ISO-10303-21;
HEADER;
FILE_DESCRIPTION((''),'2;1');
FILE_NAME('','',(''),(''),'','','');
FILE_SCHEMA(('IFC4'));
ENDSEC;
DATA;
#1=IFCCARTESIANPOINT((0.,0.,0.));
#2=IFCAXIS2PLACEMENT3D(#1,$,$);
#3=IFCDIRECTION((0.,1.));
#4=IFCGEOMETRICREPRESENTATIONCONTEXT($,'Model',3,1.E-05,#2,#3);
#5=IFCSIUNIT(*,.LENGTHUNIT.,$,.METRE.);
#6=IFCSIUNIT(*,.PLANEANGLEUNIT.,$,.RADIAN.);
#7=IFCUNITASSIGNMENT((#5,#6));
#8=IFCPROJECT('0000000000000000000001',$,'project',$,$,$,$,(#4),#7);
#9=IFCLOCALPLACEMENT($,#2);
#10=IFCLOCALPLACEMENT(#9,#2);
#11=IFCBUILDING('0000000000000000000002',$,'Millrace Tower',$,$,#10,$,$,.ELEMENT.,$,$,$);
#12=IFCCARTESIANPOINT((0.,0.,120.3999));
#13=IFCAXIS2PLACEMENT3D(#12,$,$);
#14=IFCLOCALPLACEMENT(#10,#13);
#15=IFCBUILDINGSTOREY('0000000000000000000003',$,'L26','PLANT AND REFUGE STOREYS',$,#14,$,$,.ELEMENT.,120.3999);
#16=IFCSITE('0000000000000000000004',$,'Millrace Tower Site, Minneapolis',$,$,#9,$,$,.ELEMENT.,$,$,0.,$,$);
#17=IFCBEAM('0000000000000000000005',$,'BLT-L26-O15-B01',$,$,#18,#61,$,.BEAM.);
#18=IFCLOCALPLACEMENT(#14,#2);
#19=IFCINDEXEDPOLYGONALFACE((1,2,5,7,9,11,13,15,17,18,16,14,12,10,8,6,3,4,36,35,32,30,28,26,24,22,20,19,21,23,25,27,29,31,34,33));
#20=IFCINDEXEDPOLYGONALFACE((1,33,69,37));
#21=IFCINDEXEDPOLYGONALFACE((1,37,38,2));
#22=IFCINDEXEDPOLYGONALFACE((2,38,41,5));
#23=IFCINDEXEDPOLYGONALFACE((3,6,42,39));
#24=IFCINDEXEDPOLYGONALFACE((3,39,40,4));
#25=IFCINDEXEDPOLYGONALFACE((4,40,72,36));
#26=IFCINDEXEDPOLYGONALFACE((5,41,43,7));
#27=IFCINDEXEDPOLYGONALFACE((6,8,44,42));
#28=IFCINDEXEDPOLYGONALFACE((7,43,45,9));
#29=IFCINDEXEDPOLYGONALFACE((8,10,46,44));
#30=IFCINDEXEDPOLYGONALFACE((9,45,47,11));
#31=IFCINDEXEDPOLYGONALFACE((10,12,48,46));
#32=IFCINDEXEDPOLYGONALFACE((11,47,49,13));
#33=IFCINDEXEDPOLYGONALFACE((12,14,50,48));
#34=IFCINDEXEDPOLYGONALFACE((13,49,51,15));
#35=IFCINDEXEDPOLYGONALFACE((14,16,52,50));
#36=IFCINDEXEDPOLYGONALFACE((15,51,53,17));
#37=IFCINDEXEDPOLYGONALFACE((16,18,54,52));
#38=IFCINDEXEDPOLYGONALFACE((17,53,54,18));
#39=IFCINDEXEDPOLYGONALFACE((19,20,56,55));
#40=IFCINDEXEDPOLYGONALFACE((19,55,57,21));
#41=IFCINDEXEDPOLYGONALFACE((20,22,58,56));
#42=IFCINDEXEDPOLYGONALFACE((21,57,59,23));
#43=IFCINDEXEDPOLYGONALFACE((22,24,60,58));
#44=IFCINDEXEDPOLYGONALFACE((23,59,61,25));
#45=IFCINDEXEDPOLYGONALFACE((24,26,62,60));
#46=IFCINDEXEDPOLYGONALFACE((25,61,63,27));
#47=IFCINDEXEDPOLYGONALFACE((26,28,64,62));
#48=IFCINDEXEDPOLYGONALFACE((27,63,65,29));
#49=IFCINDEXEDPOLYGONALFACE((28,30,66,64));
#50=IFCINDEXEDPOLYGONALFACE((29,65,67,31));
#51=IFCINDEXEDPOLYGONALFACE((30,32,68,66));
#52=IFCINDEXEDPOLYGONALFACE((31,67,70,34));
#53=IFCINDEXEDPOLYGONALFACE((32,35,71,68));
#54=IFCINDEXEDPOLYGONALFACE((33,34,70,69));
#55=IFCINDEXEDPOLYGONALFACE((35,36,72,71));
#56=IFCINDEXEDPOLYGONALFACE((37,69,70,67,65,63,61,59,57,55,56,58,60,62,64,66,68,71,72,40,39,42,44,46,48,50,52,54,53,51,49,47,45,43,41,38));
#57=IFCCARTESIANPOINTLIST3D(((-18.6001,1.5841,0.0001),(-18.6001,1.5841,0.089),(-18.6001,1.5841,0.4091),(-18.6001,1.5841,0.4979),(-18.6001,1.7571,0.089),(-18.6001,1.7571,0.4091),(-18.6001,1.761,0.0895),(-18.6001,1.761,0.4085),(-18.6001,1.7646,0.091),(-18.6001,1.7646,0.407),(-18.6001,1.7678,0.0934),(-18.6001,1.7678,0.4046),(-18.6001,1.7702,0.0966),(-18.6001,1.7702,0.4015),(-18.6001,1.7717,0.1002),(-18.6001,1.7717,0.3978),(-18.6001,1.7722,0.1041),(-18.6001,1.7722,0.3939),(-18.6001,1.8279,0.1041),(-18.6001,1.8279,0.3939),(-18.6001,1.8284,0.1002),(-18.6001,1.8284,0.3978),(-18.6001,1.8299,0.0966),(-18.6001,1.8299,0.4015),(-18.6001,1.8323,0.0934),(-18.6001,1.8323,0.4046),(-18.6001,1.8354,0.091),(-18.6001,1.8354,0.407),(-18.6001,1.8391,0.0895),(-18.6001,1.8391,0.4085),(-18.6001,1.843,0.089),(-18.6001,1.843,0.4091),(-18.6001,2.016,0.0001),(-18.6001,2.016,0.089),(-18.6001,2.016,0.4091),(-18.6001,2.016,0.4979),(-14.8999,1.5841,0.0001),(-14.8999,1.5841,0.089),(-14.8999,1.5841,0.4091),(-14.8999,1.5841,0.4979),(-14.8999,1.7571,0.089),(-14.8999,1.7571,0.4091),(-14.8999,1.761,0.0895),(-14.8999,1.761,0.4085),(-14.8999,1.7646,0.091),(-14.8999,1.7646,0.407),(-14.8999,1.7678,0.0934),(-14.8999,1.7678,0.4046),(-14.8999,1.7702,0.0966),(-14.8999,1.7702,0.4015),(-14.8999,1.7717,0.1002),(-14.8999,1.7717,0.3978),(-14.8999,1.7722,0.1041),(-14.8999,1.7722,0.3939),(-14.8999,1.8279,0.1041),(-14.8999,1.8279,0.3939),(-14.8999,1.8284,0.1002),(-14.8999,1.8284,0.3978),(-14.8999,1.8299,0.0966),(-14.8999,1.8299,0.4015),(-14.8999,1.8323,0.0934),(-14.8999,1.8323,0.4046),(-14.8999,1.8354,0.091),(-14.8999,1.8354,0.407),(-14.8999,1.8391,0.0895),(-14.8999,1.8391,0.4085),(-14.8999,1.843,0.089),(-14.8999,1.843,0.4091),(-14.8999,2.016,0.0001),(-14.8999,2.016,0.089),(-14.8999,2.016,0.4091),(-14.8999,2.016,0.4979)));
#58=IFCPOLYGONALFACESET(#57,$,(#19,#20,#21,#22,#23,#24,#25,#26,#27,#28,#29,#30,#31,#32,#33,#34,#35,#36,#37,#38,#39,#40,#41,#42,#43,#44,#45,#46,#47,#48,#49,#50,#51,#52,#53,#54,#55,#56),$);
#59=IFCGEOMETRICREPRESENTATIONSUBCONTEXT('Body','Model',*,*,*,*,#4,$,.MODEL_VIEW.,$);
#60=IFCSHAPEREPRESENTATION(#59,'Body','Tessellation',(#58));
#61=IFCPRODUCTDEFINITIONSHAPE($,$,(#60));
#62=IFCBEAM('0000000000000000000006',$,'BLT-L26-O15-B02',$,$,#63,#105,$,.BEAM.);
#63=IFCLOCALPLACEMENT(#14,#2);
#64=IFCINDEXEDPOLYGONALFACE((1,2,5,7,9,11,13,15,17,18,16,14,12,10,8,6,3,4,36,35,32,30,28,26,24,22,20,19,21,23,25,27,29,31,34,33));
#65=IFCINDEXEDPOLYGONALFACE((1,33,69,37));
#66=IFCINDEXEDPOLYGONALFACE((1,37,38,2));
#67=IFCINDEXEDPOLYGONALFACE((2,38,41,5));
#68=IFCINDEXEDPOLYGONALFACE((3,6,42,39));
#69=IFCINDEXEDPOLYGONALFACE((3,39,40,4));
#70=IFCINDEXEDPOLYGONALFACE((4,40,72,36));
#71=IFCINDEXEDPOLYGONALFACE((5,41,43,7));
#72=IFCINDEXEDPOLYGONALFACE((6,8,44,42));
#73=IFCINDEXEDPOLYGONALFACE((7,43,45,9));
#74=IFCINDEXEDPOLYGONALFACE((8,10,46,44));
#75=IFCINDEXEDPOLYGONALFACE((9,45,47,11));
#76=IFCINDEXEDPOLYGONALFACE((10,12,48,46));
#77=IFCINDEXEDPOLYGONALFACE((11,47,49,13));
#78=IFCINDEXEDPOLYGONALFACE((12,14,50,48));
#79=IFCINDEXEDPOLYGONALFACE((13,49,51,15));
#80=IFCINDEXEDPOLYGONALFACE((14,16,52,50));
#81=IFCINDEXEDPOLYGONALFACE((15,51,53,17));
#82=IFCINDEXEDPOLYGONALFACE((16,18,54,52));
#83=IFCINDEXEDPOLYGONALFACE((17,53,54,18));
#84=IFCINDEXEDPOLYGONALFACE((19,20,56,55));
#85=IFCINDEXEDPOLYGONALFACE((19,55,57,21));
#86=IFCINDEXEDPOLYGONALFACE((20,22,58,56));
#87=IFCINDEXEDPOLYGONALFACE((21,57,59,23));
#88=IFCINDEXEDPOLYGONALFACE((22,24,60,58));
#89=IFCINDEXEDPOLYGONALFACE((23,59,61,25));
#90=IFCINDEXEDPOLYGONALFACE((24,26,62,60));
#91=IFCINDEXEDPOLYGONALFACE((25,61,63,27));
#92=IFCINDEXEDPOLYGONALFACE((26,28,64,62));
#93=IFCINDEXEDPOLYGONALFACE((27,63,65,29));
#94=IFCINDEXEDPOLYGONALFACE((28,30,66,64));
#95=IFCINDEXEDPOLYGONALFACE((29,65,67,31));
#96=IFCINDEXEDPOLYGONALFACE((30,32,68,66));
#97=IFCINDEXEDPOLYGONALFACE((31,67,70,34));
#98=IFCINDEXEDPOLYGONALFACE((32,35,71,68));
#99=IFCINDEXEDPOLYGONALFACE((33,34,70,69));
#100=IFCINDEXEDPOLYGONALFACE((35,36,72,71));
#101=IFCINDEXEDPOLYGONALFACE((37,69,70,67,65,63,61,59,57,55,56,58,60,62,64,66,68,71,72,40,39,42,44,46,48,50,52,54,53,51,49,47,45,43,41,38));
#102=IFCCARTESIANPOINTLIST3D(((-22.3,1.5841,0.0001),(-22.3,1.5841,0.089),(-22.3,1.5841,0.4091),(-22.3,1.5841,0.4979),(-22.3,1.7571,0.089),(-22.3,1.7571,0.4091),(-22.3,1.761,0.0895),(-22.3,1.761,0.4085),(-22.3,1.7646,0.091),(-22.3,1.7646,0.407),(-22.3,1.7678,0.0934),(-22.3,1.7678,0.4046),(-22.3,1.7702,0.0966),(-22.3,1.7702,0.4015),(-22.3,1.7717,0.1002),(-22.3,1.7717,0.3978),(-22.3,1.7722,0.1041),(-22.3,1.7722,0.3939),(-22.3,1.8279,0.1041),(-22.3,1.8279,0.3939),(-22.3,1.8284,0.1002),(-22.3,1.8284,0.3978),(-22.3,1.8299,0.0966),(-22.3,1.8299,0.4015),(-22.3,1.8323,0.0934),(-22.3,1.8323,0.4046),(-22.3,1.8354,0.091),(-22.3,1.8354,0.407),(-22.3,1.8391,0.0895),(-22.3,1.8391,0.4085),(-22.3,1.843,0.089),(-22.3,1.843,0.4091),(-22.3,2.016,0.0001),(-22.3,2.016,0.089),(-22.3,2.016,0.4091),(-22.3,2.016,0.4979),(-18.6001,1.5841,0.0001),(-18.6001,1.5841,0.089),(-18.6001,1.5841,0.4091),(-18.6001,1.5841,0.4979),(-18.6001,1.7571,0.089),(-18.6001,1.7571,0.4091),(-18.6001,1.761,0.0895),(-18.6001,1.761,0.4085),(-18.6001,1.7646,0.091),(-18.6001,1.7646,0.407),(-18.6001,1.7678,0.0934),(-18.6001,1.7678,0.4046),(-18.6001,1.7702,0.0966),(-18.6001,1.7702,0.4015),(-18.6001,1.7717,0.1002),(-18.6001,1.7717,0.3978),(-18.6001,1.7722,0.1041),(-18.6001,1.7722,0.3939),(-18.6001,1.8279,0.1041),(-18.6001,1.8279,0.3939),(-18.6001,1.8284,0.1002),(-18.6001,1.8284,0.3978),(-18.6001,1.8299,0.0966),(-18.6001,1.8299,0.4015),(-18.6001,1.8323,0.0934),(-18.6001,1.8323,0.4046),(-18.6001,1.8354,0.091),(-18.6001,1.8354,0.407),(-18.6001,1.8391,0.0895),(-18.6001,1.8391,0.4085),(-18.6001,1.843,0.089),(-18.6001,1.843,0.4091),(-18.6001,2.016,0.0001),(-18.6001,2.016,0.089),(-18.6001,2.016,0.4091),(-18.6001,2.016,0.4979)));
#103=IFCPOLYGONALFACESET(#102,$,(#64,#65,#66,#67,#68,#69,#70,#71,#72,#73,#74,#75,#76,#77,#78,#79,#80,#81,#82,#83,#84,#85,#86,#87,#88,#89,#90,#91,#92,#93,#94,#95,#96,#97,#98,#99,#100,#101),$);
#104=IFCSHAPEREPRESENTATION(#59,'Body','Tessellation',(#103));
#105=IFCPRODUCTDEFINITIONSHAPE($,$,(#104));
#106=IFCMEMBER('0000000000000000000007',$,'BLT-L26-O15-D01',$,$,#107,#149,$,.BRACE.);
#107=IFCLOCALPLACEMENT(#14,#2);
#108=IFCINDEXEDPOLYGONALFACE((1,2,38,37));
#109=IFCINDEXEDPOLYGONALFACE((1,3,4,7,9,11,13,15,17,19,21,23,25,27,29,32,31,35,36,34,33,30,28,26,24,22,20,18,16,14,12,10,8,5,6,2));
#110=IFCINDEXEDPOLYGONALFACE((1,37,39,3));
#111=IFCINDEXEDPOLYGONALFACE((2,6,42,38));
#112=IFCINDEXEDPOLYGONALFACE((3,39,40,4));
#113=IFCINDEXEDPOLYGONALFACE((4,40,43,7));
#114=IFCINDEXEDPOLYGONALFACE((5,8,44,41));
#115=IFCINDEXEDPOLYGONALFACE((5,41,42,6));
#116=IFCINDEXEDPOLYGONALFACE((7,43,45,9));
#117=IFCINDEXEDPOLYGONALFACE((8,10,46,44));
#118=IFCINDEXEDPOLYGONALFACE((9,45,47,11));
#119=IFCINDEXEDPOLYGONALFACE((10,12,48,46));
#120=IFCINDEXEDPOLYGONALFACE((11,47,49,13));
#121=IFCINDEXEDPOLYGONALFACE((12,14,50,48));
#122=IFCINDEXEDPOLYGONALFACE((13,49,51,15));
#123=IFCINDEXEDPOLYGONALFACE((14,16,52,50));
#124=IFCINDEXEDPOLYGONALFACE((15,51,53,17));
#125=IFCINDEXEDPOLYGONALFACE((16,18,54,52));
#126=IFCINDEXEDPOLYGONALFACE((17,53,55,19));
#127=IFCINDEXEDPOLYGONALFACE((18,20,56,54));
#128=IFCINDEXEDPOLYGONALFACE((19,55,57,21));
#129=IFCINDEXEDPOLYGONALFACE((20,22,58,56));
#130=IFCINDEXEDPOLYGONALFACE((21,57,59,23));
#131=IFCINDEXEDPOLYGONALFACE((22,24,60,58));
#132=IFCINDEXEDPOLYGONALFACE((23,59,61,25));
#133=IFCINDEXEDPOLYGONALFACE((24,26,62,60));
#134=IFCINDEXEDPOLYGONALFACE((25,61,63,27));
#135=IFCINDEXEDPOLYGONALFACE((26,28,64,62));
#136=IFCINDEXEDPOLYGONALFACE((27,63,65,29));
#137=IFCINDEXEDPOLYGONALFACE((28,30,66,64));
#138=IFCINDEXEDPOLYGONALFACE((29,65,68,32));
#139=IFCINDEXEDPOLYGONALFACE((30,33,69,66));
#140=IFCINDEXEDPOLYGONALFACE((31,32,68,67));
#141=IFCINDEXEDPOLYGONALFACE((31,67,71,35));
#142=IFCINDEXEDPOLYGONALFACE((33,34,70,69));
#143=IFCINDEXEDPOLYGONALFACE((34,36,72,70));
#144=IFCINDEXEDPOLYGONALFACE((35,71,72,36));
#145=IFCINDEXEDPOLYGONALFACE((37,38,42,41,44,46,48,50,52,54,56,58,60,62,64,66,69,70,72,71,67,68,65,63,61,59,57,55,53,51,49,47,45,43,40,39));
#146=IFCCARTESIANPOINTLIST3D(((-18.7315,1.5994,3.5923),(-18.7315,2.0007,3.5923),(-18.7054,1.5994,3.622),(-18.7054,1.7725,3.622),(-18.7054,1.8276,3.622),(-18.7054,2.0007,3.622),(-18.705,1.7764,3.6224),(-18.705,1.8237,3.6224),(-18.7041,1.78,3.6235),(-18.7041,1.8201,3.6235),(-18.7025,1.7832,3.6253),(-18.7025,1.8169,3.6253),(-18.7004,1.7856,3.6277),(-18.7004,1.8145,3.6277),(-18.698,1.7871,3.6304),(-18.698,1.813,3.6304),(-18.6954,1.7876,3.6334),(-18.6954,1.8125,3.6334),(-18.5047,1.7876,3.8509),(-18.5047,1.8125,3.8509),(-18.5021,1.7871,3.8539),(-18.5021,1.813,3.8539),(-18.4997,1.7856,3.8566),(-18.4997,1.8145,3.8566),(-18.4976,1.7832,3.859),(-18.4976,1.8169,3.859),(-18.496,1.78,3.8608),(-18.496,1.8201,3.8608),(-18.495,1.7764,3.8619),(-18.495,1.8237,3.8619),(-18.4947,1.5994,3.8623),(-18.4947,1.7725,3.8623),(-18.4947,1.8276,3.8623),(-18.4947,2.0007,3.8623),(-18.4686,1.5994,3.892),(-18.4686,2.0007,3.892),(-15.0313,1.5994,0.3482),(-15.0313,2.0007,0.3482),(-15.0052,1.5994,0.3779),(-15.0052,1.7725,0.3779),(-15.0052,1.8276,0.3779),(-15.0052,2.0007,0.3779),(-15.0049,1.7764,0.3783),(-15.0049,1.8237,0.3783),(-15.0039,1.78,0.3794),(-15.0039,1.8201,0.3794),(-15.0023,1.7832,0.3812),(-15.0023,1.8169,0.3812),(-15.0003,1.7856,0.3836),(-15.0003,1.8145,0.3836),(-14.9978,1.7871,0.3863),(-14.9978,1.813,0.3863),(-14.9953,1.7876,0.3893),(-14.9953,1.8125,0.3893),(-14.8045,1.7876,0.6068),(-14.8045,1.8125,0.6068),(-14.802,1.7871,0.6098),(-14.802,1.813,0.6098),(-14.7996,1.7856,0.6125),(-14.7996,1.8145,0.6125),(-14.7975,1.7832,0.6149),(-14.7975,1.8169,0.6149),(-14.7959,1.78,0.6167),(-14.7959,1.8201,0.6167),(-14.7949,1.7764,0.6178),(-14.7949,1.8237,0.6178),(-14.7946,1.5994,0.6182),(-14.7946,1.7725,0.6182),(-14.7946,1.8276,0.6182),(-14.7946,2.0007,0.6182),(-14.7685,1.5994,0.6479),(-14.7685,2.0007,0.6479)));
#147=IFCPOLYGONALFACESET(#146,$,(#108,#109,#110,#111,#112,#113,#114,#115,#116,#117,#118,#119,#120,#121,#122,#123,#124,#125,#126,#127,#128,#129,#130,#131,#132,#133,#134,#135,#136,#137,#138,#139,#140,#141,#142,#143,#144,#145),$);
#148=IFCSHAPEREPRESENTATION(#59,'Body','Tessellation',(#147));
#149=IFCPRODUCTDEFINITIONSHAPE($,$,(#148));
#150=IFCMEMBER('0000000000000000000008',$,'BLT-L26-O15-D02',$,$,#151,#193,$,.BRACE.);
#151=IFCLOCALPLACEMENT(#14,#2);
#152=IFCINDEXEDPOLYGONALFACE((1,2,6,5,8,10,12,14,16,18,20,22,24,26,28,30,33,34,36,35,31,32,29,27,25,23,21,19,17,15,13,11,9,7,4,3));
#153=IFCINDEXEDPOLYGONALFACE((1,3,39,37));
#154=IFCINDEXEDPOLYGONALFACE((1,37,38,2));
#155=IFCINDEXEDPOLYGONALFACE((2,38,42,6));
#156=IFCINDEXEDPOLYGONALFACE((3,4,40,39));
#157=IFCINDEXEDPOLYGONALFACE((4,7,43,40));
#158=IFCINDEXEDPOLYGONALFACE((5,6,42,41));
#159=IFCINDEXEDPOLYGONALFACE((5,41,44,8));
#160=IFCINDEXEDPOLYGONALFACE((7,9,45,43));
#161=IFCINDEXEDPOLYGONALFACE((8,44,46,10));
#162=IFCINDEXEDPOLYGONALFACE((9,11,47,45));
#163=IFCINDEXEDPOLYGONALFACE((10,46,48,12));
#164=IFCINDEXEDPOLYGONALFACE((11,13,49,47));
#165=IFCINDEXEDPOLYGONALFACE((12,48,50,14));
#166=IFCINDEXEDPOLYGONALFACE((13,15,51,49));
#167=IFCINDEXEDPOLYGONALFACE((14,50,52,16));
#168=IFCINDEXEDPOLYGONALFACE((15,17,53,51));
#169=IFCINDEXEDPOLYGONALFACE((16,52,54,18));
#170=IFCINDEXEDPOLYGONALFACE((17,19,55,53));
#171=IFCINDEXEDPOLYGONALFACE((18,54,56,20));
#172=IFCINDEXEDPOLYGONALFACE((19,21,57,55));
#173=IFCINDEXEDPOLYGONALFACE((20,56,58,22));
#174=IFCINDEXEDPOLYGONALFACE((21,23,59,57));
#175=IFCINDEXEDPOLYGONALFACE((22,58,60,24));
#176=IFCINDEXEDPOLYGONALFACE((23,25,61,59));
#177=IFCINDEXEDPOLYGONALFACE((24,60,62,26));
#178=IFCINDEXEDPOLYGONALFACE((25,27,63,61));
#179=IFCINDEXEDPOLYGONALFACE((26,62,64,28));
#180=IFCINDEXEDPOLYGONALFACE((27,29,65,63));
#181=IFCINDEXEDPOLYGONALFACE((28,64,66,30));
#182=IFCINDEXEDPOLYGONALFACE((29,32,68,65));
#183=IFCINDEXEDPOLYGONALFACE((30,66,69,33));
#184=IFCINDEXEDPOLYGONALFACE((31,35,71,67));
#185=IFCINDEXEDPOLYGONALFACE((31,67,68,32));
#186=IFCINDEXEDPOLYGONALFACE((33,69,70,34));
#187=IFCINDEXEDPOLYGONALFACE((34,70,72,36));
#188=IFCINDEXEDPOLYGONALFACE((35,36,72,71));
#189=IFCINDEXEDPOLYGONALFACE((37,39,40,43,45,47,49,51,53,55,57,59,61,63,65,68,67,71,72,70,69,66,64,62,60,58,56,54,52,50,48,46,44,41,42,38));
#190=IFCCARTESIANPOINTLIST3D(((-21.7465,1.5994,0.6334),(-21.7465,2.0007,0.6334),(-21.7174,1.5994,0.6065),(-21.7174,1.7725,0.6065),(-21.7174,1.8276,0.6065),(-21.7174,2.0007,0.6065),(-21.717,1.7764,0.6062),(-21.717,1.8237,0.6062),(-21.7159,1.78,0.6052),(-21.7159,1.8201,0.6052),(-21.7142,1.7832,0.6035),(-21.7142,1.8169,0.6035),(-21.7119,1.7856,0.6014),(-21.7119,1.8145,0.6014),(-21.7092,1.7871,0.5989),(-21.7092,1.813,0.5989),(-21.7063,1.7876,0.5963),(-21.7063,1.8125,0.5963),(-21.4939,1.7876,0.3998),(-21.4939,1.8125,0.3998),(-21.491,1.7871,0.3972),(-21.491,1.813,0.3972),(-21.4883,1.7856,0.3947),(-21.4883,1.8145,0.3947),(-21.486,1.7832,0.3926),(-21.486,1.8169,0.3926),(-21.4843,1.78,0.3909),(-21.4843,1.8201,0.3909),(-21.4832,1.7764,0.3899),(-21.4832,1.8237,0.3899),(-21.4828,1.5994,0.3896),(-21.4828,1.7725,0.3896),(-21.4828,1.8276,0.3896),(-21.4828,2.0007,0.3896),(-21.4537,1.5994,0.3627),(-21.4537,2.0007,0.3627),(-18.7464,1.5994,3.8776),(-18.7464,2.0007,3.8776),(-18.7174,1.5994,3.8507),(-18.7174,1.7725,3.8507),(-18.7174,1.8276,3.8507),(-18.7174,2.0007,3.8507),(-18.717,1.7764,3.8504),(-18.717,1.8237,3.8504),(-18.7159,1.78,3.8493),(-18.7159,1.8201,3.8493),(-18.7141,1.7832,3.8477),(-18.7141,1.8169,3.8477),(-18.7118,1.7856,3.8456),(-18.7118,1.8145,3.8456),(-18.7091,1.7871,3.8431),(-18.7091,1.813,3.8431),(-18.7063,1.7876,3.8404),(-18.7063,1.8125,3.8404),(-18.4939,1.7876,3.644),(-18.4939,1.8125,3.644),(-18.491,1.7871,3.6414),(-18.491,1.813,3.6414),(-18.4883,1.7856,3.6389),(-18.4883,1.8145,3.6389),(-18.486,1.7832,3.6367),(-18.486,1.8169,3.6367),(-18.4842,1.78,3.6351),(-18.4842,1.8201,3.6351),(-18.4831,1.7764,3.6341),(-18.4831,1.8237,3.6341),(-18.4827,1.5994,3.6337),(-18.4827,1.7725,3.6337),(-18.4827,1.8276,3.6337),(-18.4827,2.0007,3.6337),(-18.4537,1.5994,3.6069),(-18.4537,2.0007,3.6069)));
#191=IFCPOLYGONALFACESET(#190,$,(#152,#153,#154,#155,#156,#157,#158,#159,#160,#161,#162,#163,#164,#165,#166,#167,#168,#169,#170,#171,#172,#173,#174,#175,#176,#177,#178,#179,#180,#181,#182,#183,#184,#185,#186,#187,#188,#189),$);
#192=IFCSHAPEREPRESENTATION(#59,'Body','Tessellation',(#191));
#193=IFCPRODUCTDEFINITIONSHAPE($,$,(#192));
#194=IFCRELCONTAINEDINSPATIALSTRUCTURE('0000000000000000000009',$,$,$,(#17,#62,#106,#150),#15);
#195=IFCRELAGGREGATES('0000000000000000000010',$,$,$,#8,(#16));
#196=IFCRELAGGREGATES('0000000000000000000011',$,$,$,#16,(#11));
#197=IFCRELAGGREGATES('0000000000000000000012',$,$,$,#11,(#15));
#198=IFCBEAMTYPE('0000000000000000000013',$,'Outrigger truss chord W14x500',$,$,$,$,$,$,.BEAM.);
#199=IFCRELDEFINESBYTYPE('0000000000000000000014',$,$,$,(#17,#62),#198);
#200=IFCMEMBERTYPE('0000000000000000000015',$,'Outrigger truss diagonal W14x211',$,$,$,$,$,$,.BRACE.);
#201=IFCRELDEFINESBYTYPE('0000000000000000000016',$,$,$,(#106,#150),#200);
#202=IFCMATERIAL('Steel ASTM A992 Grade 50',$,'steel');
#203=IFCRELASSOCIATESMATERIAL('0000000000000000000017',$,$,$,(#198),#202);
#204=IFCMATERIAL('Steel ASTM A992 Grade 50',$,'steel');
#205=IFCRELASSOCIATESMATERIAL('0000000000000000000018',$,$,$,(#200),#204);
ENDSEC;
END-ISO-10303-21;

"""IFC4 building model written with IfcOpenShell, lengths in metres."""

from ifc_helpers import new_model, si_unit, direction, frame, origin, origin_2d, place, context, subcontext, project, spatial, i_section, extrude, material, material_profile, profile_set, type_object, element, save


model = new_model("IFC4")

# Units and contexts
model_context = context("Model", 3, precision=1e-05, world=origin(), true_north=direction((0.0, 1.0)))
body_context = subcontext(model_context, "Body", "Model", "MODEL_VIEW")
ifc_project = project(units=[si_unit("LENGTHUNIT", "METRE"), si_unit("PLANEANGLEUNIT", "RADIAN")], contexts=[model_context])

# Site, building, storey
site_placement = place(None, origin())
site = spatial("IfcSite", under=ifc_project, at=site_placement, Name="Millrace Tower Site, Minneapolis", CompositionType="ELEMENT", RefElevation=0.0)
building_placement = place(site_placement, origin())
building = spatial("IfcBuilding", under=site, at=building_placement, Name="Millrace Tower", CompositionType="ELEMENT")
storey_placement = place(building_placement, frame((0.0, 0.0, 120.3999)))
storey = spatial("IfcBuildingStorey", under=building, at=storey_placement, Name="L26", Description="PLANT AND REFUGE STOREYS", CompositionType="ELEMENT", Elevation=120.3999)

# Beams
ifc_material_1 = material(Name="Steel ASTM A992 Grade 50", Category="steel")
ifc_material_profile_1 = material_profile(ifc_material_1, i_section(OverallWidth=0.4319, OverallDepth=0.4978, WebThickness=0.0557, FlangeThickness=0.0889, FilletRadius=0.0151, at=origin_2d()))
ifc_profile_set_1 = profile_set([ifc_material_profile_1], Name="Steel ASTM A992 Grade 50")
beam_type_1 = type_object("IfcBeamType", Name="Outrigger truss chord W14x500", PredefinedType="BEAM", material=ifc_profile_set_1)
beam_1_placement = place(storey_placement, frame((-14.8999, 1.8, 0.249), z_axis=(-1.0, 0.0, 0.0), x_axis=(0.0, -1.0, 0.0)))
element("IfcBeam", 1, at=beam_1_placement, inside=storey, type_object=beam_type_1, Name="BLT-L26-O15-B01", PredefinedType="BEAM", context=body_context, shape_type="SweptSolid", body=[
    extrude(i_section(OverallWidth=0.4319, OverallDepth=0.4978, WebThickness=0.0557, FlangeThickness=0.0889, FilletRadius=0.0151, at=origin_2d()), origin(), (0.0, 0.0, 1.0), 3.7002),
])
beam_2_placement = place(storey_placement, frame((-18.6001, 1.8, 0.249), z_axis=(-1.0, 0.0, 0.0), x_axis=(0.0, -1.0, 0.0)))
element("IfcBeam", 2, at=beam_2_placement, inside=storey, type_object=beam_type_1, Name="BLT-L26-O15-B02", PredefinedType="BEAM", context=body_context, shape_type="SweptSolid", body=[
    extrude(i_section(OverallWidth=0.4319, OverallDepth=0.4978, WebThickness=0.0557, FlangeThickness=0.0889, FilletRadius=0.0151, at=origin_2d()), origin(), (0.0, 0.0, 1.0), 3.7),
])

# Members
ifc_material_2 = material(Name="Steel ASTM A992 Grade 50", Category="steel")
ifc_material_profile_2 = material_profile(ifc_material_2, i_section(OverallWidth=0.4014, OverallDepth=0.3987, WebThickness=0.0249, FlangeThickness=0.0396, FilletRadius=0.0151, at=origin_2d()))
ifc_profile_set_2 = profile_set([ifc_material_profile_2], Name="Steel ASTM A992 Grade 50")
member_type_1 = type_object("IfcMemberType", Name="Outrigger truss diagonal W14x211", PredefinedType="BRACE", material=ifc_profile_set_2)
member_1_placement = place(storey_placement, frame((-14.8999, 1.8, 0.498), z_axis=(-0.751925, 0.0, 0.659249), x_axis=(0.0, -1.0, 0.0)))
element("IfcMember", 3, at=member_1_placement, inside=storey, type_object=member_type_1, Name="BLT-L26-O15-D01", PredefinedType="BRACE", context=body_context, shape_type="SweptSolid", body=[
    extrude(i_section(OverallWidth=0.4014, OverallDepth=0.3987, WebThickness=0.0249, FlangeThickness=0.0396, FilletRadius=0.0151, at=origin_2d()), origin(), (0.0, 0.0, 1.0), 4.9209),
])
member_2_placement = place(storey_placement, frame((-21.6001, 1.8, 0.498), z_axis=(0.678941, 0.0, 0.734193), x_axis=(0.0, 1.0, 0.0)))
element("IfcMember", 4, at=member_2_placement, inside=storey, type_object=member_type_1, Name="BLT-L26-O15-D02", PredefinedType="BRACE", context=body_context, shape_type="SweptSolid", body=[
    extrude(i_section(OverallWidth=0.4014, OverallDepth=0.3987, WebThickness=0.0249, FlangeThickness=0.0396, FilletRadius=0.0151, at=origin_2d()), origin(), (0.0, 0.0, 1.0), 4.4187),
])

save(model, "model.ifc")
